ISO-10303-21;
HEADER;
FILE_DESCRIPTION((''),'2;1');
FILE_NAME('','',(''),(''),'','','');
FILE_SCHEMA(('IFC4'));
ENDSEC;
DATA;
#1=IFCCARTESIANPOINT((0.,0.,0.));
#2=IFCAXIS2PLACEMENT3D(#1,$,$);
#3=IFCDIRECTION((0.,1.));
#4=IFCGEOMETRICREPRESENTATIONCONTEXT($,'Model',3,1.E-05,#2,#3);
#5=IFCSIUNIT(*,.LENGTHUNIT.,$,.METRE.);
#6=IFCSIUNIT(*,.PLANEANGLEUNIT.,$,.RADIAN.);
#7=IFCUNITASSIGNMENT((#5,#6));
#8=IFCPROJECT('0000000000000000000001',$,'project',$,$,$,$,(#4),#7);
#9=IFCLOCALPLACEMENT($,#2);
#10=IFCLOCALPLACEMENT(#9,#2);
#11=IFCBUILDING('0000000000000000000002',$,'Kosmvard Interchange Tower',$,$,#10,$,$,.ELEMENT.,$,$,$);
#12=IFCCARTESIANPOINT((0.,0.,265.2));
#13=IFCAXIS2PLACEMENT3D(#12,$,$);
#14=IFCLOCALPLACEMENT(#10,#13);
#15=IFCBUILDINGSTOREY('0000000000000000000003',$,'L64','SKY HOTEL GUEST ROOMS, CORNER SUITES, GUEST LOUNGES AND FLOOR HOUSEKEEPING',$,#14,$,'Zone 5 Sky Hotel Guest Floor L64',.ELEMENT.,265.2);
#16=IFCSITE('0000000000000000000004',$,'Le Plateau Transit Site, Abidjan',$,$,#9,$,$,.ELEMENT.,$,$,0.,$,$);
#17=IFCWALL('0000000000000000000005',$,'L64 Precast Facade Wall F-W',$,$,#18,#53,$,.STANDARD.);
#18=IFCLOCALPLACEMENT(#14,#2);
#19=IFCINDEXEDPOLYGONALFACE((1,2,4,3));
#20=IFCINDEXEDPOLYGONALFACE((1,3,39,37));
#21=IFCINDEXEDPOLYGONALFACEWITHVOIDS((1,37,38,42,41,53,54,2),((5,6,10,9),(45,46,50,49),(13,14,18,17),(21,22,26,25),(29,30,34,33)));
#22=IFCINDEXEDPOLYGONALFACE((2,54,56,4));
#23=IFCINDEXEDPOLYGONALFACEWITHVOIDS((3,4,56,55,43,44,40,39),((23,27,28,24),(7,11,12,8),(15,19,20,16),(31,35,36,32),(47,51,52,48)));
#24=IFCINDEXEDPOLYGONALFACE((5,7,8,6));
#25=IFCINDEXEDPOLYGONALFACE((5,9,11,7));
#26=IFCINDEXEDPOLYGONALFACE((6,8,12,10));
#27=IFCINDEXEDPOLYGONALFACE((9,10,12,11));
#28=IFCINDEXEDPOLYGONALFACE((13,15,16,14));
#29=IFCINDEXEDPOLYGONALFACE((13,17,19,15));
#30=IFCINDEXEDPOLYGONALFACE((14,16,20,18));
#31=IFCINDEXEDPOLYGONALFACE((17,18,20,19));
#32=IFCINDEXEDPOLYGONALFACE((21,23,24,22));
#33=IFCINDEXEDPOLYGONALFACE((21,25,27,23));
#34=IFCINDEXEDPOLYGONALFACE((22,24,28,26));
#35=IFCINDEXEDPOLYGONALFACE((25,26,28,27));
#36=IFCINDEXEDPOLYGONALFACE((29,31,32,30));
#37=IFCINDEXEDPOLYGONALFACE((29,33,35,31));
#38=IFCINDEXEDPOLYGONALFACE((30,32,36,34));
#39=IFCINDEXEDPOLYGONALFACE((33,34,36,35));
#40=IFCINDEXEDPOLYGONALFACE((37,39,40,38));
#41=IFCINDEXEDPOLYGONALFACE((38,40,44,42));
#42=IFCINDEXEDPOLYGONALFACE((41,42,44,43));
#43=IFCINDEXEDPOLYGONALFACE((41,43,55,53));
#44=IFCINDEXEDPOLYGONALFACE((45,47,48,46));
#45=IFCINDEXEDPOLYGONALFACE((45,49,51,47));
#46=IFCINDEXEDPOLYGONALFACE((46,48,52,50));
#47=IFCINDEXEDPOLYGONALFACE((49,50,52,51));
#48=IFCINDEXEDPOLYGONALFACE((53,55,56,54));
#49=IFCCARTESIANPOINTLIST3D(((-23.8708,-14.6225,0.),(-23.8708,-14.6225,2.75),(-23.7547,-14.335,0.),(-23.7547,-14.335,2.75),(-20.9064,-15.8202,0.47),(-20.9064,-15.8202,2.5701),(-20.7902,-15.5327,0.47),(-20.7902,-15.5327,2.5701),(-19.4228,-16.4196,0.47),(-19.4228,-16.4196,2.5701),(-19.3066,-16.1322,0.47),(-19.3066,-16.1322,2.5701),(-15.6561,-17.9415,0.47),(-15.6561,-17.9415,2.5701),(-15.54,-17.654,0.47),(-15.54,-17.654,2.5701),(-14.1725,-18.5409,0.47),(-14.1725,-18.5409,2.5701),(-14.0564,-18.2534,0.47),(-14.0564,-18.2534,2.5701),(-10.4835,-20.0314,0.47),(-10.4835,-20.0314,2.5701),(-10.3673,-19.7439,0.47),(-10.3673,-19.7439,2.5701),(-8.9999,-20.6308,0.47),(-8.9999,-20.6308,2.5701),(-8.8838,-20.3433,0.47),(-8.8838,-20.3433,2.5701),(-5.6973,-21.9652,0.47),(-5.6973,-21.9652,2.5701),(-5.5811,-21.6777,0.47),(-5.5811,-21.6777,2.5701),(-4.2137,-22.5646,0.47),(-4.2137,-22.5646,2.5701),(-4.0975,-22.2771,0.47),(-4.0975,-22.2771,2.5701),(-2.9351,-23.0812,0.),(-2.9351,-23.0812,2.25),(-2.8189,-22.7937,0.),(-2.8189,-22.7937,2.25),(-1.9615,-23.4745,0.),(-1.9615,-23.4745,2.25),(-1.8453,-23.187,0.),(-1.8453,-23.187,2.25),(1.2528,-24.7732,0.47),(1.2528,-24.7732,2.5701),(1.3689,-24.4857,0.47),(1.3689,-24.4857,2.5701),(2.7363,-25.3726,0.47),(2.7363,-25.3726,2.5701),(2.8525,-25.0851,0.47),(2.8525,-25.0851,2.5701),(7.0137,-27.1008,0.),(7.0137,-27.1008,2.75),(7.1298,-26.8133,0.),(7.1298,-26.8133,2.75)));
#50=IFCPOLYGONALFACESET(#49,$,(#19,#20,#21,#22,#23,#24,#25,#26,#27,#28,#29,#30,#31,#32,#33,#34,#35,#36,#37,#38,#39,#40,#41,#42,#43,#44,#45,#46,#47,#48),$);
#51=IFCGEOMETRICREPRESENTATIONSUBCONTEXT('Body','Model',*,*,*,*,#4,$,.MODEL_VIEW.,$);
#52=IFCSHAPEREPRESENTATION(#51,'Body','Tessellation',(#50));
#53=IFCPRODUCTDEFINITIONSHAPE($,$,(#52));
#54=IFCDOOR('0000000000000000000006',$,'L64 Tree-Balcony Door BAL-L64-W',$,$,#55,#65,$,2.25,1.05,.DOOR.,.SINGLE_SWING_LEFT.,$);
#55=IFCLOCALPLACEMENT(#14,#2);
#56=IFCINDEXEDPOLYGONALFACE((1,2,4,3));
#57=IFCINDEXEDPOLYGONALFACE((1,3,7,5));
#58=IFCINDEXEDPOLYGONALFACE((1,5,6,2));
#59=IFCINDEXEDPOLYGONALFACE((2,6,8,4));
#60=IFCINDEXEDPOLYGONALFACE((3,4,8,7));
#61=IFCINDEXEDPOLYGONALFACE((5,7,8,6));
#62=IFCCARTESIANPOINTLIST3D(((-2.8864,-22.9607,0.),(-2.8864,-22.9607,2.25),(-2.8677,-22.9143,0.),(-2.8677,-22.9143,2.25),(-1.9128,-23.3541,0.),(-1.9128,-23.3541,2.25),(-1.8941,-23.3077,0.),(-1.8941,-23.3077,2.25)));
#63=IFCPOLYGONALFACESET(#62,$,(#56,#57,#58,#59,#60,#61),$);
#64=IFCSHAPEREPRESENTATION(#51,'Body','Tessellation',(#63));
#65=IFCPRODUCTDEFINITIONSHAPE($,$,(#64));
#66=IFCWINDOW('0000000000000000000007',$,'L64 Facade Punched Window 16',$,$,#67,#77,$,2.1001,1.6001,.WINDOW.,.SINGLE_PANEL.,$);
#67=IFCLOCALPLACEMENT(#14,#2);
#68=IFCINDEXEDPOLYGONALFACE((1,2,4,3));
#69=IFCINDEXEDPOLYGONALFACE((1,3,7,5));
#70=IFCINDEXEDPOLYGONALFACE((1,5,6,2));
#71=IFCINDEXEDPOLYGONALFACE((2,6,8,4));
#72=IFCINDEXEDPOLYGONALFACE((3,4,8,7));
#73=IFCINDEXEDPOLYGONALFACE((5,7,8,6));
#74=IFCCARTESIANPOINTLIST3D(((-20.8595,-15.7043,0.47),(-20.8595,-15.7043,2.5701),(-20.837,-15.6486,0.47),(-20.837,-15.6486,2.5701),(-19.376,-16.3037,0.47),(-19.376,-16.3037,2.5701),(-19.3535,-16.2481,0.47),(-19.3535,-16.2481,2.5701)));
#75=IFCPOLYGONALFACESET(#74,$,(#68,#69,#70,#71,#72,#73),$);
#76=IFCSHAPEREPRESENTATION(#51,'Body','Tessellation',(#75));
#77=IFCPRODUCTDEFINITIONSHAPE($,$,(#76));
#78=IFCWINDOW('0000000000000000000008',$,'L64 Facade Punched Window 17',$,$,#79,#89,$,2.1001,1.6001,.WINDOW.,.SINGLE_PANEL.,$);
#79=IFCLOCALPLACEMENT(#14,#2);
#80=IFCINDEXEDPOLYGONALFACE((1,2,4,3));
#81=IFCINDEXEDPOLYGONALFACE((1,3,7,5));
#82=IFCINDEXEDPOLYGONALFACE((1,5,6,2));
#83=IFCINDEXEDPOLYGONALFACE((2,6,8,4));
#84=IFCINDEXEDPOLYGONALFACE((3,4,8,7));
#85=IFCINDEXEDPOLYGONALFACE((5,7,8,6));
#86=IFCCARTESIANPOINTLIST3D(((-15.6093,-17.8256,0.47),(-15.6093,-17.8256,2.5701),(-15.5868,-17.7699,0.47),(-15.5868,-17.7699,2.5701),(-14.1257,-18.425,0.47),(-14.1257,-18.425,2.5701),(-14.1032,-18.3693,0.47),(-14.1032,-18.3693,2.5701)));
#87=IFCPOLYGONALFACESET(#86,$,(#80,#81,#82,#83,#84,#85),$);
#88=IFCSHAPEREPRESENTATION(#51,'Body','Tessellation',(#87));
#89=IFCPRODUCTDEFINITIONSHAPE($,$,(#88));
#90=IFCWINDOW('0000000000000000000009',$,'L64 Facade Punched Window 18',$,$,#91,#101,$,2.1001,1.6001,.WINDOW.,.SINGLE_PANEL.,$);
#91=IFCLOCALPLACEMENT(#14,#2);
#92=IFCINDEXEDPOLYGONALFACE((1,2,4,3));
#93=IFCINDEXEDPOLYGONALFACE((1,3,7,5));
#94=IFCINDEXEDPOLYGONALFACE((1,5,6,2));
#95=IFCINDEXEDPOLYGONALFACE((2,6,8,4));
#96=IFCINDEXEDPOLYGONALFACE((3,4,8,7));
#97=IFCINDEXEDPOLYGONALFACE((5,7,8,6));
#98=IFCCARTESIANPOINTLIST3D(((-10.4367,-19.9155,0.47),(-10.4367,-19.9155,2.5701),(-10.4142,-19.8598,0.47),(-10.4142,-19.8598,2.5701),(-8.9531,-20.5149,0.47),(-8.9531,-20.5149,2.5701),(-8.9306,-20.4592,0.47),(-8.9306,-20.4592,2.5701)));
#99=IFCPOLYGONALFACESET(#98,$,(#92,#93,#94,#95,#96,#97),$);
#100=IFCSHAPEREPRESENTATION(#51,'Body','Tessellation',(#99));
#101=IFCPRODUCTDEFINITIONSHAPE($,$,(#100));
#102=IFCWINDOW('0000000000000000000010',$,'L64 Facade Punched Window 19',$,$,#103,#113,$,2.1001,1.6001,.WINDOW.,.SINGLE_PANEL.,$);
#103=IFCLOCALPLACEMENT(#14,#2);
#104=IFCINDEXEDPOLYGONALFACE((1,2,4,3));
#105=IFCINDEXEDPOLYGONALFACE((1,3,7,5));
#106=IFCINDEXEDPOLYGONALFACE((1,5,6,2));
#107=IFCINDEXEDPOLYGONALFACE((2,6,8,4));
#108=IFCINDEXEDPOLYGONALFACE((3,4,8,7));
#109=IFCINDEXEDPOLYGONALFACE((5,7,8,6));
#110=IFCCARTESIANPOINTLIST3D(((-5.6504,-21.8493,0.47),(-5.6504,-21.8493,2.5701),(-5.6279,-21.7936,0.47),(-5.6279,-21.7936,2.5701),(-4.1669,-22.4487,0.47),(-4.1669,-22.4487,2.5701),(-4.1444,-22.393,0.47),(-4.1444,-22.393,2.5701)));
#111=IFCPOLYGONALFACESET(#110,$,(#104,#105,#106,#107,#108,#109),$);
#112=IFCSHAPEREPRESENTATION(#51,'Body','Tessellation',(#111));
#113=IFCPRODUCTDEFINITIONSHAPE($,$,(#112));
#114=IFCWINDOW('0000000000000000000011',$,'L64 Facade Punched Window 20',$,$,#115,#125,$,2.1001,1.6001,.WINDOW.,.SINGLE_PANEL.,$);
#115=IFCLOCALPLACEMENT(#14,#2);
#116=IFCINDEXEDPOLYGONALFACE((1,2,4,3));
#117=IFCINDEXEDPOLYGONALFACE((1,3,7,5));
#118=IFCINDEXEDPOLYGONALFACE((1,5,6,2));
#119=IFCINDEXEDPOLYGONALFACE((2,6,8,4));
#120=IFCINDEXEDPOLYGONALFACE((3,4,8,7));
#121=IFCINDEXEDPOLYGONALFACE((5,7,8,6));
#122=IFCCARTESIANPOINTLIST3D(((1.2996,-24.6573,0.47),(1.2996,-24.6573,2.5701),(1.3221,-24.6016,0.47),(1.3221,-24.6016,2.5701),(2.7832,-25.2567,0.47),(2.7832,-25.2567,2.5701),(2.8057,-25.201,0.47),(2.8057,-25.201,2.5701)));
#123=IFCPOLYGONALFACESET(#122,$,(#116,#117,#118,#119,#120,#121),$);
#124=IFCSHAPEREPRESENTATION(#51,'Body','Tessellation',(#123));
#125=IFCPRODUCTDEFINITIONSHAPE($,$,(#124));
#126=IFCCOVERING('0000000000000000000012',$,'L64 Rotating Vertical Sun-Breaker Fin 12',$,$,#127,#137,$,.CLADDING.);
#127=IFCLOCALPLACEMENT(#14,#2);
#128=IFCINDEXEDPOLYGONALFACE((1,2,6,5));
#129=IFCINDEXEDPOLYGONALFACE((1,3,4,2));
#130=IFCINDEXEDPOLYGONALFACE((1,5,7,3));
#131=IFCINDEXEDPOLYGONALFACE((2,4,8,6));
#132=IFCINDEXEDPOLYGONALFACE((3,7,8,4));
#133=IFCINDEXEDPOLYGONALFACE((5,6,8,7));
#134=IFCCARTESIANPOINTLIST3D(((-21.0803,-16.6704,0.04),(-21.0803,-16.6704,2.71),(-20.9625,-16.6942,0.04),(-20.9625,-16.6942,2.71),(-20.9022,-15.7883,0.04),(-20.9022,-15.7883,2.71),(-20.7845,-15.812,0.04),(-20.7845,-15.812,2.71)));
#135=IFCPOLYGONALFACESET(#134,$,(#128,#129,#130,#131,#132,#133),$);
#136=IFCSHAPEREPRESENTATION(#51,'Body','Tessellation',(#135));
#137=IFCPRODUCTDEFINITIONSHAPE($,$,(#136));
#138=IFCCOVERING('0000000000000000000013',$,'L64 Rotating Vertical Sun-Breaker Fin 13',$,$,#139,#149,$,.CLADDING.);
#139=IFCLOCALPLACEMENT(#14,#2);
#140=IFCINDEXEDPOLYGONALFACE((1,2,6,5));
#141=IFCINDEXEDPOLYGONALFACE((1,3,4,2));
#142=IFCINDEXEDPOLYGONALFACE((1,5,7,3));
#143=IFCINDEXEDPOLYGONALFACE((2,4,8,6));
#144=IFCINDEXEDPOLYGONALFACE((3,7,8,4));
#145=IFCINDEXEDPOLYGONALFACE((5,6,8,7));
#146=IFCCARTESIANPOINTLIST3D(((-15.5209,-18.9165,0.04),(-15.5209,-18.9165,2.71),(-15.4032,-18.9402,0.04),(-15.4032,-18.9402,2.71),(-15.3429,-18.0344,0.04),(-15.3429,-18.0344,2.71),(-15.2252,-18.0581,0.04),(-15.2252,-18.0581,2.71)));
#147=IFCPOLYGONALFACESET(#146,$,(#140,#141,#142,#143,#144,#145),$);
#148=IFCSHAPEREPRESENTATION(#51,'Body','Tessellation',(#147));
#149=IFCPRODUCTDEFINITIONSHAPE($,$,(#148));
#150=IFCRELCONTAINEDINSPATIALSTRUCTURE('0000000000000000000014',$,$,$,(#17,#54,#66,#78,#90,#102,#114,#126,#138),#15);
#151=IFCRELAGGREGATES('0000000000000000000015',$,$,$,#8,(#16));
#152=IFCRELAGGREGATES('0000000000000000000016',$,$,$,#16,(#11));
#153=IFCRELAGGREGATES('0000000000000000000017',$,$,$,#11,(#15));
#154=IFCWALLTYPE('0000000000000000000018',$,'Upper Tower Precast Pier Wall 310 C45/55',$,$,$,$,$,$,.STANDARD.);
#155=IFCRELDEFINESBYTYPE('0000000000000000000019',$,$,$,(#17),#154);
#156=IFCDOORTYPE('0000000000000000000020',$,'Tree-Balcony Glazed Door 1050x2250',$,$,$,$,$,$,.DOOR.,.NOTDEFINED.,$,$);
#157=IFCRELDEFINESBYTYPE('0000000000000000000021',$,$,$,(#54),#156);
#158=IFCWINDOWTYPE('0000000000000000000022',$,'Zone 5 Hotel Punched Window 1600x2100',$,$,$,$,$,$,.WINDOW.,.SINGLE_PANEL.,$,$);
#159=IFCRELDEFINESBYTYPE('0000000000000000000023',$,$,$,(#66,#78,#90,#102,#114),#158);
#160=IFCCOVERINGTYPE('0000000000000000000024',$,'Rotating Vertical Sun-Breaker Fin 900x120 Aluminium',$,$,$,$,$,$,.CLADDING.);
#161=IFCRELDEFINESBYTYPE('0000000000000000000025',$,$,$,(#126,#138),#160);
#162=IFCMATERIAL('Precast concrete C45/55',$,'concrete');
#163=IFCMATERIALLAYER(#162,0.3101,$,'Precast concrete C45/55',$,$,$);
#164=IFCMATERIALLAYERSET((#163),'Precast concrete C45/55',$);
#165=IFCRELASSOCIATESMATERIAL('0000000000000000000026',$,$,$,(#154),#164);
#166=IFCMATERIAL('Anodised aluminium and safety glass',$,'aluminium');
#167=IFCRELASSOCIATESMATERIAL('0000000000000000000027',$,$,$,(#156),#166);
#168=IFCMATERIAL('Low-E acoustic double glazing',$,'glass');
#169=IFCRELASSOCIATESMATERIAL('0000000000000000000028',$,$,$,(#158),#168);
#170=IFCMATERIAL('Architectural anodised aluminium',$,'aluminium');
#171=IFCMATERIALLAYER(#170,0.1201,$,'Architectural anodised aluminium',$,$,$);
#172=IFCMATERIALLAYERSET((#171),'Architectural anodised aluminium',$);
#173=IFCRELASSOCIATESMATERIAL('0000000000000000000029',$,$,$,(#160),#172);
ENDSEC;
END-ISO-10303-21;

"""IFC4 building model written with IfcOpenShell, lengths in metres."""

from ifc_helpers import new_model, si_unit, direction, frame, frame_2d, origin, origin_2d, place, context, subcontext, project, spatial, rectangle, extrude, source, transform, mapped, material, layer, layer_set, type_object, element, fill, save


model = new_model("IFC4")

# Units and contexts
model_context = context("Model", 3, precision=1e-05, world=origin(), true_north=direction((0.0, 1.0)))
body_context = subcontext(model_context, "Body", "Model", "MODEL_VIEW")
ifc_project = project(units=[si_unit("LENGTHUNIT", "METRE"), si_unit("PLANEANGLEUNIT", "RADIAN")], contexts=[model_context])

# Site, building, storey
site_placement = place(None, origin())
site = spatial("IfcSite", under=ifc_project, at=site_placement, Name="Le Plateau Transit Site, Abidjan", CompositionType="ELEMENT", RefElevation=0.0)
building_placement = place(site_placement, origin())
building = spatial("IfcBuilding", under=site, at=building_placement, Name="Kosmvard Interchange Tower", CompositionType="ELEMENT")
storey_placement = place(building_placement, frame((0.0, 0.0, 265.2)))
storey = spatial("IfcBuildingStorey", under=building, at=storey_placement, Name="L64", Description="SKY HOTEL GUEST ROOMS, CORNER SUITES, GUEST LOUNGES AND FLOOR HOUSEKEEPING", LongName="Zone 5 Sky Hotel Guest Floor L64", CompositionType="ELEMENT", Elevation=265.2)

# Wall, openings, door, windows
ifc_material_1 = material(Name="Precast concrete C45/55", Category="concrete")
ifc_layer_1 = layer(ifc_material_1, 0.3101, Name="Precast concrete C45/55")
ifc_layer_set_1 = layer_set([ifc_layer_1], Name="Precast concrete C45/55")
wall_type = type_object("IfcWallType", Name="Upper Tower Precast Pier Wall 310 C45/55", PredefinedType="STANDARD", material=ifc_layer_set_1)
wall_placement = place(storey_placement, frame((-23.8127, -14.4788, 0.0), z_axis=(0.0, 0.0, 1.0), x_axis=(0.927183, -0.37461, 0.0)))
wall = element("IfcWall", 1, at=wall_placement, inside=storey, type_object=wall_type, Name="L64 Precast Facade Wall F-W", PredefinedType="STANDARD", context=body_context, shape_type="SweptSolid", body=[
    extrude(rectangle(XDim=33.3101, YDim=0.3101, at=frame_2d((16.655, 0.0))), origin(), (0.0, 0.0, 1.0), 2.75),
])
opening_1_placement = place(wall_placement, frame((22.5801, 0.0, 0.0)))
opening_1 = element("IfcOpeningElement", 2, at=opening_1_placement, cuts=wall, PredefinedType="OPENING", context=body_context, shape_type="SweptSolid", body=[
    extrude(rectangle(XDim=1.05, YDim=2.25, at=frame_2d((0.5249, 1.125))), frame((0.0, 0.165, 0.0), z_axis=(0.0, -1.0, 0.0), x_axis=(1.0, 0.0, 0.0)), (0.0, 0.0, 1.0), 0.3301),
])
opening_2_placement = place(wall_placement, frame((3.1973, 0.0, 0.47)))
opening_2 = element("IfcOpeningElement", 3, at=opening_2_placement, cuts=wall, PredefinedType="OPENING", context=body_context, shape_type="SweptSolid", body=[
    extrude(rectangle(XDim=1.6001, YDim=2.1001, at=frame_2d((0.8, 1.05))), frame((0.0, 0.165, 0.0), z_axis=(0.0, -1.0, 0.0), x_axis=(1.0, 0.0, 0.0)), (0.0, 0.0, 1.0), 0.3301),
])
opening_3_placement = place(wall_placement, frame((8.8599, 0.0, 0.47)))
opening_3 = element("IfcOpeningElement", 4, at=opening_3_placement, cuts=wall, PredefinedType="OPENING", context=body_context, shape_type="SweptSolid", body=[
    extrude(rectangle(XDim=1.6001, YDim=2.1001, at=frame_2d((0.8, 1.05))), frame((0.0, 0.165, 0.0), z_axis=(0.0, -1.0, 0.0), x_axis=(1.0, 0.0, 0.0)), (0.0, 0.0, 1.0), 0.3301),
])
opening_4_placement = place(wall_placement, frame((14.4387, 0.0, 0.47)))
opening_4 = element("IfcOpeningElement", 5, at=opening_4_placement, cuts=wall, PredefinedType="OPENING", context=body_context, shape_type="SweptSolid", body=[
    extrude(rectangle(XDim=1.6001, YDim=2.1001, at=frame_2d((0.8, 1.05))), frame((0.0, 0.165, 0.0), z_axis=(0.0, -1.0, 0.0), x_axis=(1.0, 0.0, 0.0)), (0.0, 0.0, 1.0), 0.3301),
])
opening_5_placement = place(wall_placement, frame((19.6008, 0.0, 0.47)))
opening_5 = element("IfcOpeningElement", 6, at=opening_5_placement, cuts=wall, PredefinedType="OPENING", context=body_context, shape_type="SweptSolid", body=[
    extrude(rectangle(XDim=1.6001, YDim=2.1001, at=frame_2d((0.8, 1.05))), frame((0.0, 0.165, 0.0), z_axis=(0.0, -1.0, 0.0), x_axis=(1.0, 0.0, 0.0)), (0.0, 0.0, 1.0), 0.3301),
])
opening_6_placement = place(wall_placement, frame((27.0967, 0.0, 0.47)))
opening_6 = element("IfcOpeningElement", 7, at=opening_6_placement, cuts=wall, PredefinedType="OPENING", context=body_context, shape_type="SweptSolid", body=[
    extrude(rectangle(XDim=1.6001, YDim=2.1001, at=frame_2d((0.8, 1.05))), frame((0.0, 0.165, 0.0), z_axis=(0.0, -1.0, 0.0), x_axis=(1.0, 0.0, 0.0)), (0.0, 0.0, 1.0), 0.3301),
])
ifc_material_2 = material(Name="Anodised aluminium and safety glass", Category="aluminium")
door_type = type_object("IfcDoorType", Name="Tree-Balcony Glazed Door 1050x2250", OperationType="NOTDEFINED", PredefinedType="DOOR", material=ifc_material_2)
shared_shape_1 = source(origin(), body_context, "Body", "SweptSolid", [
    extrude(rectangle(XDim=1.05, YDim=2.25, at=frame_2d((0.5249, 1.125))), frame((0.0, 0.0249, 0.0), z_axis=(0.0, -1.0, 0.0), x_axis=(1.0, 0.0, 0.0)), (0.0, 0.0, 1.0), 0.05),
])
door_placement = place(opening_1_placement, origin())
door = element("IfcDoor", 8, at=door_placement, inside=storey, type_object=door_type, Name="L64 Tree-Balcony Door BAL-L64-W", OperationType="SINGLE_SWING_LEFT", OverallHeight=2.25, OverallWidth=1.05, PredefinedType="DOOR", context=body_context, shape_type="MappedRepresentation", body=[
    mapped(shared_shape_1, transform((0.0, 0.0, 0.0), scale=1.0)),
])
fill(opening_1, door)
ifc_material_3 = material(Name="Low-E acoustic double glazing", Category="glass")
window_type = type_object("IfcWindowType", Name="Zone 5 Hotel Punched Window 1600x2100", PartitioningType="SINGLE_PANEL", PredefinedType="WINDOW", material=ifc_material_3)
shared_shape_2 = source(origin(), body_context, "Body", "SweptSolid", [
    extrude(rectangle(XDim=1.6001, YDim=2.1001, at=frame_2d((0.8, 1.05))), frame((0.0, 0.03, 0.0), z_axis=(0.0, -1.0, 0.0), x_axis=(1.0, 0.0, 0.0)), (0.0, 0.0, 1.0), 0.0601),
])
window_1_placement = place(opening_2_placement, origin())
window_1 = element("IfcWindow", 9, at=window_1_placement, inside=storey, type_object=window_type, Name="L64 Facade Punched Window 16", OverallHeight=2.1001, OverallWidth=1.6001, PartitioningType="SINGLE_PANEL", PredefinedType="WINDOW", context=body_context, shape_type="MappedRepresentation", body=[
    mapped(shared_shape_2, transform((0.0, 0.0, 0.0), scale=1.0)),
])
fill(opening_2, window_1)
window_2_placement = place(opening_3_placement, origin())
window_2 = element("IfcWindow", 10, at=window_2_placement, inside=storey, type_object=window_type, Name="L64 Facade Punched Window 17", OverallHeight=2.1001, OverallWidth=1.6001, PartitioningType="SINGLE_PANEL", PredefinedType="WINDOW", context=body_context, shape_type="MappedRepresentation", body=[
    mapped(shared_shape_2, transform((0.0, 0.0, 0.0), scale=1.0)),
])
fill(opening_3, window_2)
window_3_placement = place(opening_4_placement, origin())
window_3 = element("IfcWindow", 11, at=window_3_placement, inside=storey, type_object=window_type, Name="L64 Facade Punched Window 18", OverallHeight=2.1001, OverallWidth=1.6001, PartitioningType="SINGLE_PANEL", PredefinedType="WINDOW", context=body_context, shape_type="MappedRepresentation", body=[
    mapped(shared_shape_2, transform((0.0, 0.0, 0.0), scale=1.0)),
])
fill(opening_4, window_3)
window_4_placement = place(opening_5_placement, origin())
window_4 = element("IfcWindow", 12, at=window_4_placement, inside=storey, type_object=window_type, Name="L64 Facade Punched Window 19", OverallHeight=2.1001, OverallWidth=1.6001, PartitioningType="SINGLE_PANEL", PredefinedType="WINDOW", context=body_context, shape_type="MappedRepresentation", body=[
    mapped(shared_shape_2, transform((0.0, 0.0, 0.0), scale=1.0)),
])
fill(opening_5, window_4)
window_5_placement = place(opening_6_placement, origin())
window_5 = element("IfcWindow", 13, at=window_5_placement, inside=storey, type_object=window_type, Name="L64 Facade Punched Window 20", OverallHeight=2.1001, OverallWidth=1.6001, PartitioningType="SINGLE_PANEL", PredefinedType="WINDOW", context=body_context, shape_type="MappedRepresentation", body=[
    mapped(shared_shape_2, transform((0.0, 0.0, 0.0), scale=1.0)),
])
fill(opening_6, window_5)

# Coverings
ifc_material_4 = material(Name="Architectural anodised aluminium", Category="aluminium")
ifc_layer_2 = layer(ifc_material_4, 0.1201, Name="Architectural anodised aluminium")
ifc_layer_set_2 = layer_set([ifc_layer_2], Name="Architectural anodised aluminium")
covering_type = type_object("IfcCoveringType", Name="Rotating Vertical Sun-Breaker Fin 900x120 Aluminium", PredefinedType="CLADDING", material=ifc_layer_set_2)
shared_shape_3 = source(origin(), body_context, "Body", "SweptSolid", [
    extrude(rectangle(XDim=0.8999, YDim=0.1201, at=origin_2d()), origin(), (0.0, 0.0, 1.0), 2.6699),
])
for number, where, z_axis, x_axis, name in (
    (14, (-20.9324, -16.2412, 0.04), (0.0, 0.0, 1.0), (-0.197828, -0.980237, 0.0), "L64 Rotating Vertical Sun-Breaker Fin 12"),
    (15, (-15.373, -18.4873, 0.04), (0.0, 0.0, 1.0), (-0.197828, -0.980237, 0.0), "L64 Rotating Vertical Sun-Breaker Fin 13"),
):
    element("IfcCovering", number, at=place(storey_placement, frame(where, z_axis=z_axis, x_axis=x_axis)), inside=storey, type_object=covering_type, Name=name, PredefinedType="CLADDING", context=body_context, shape_type="MappedRepresentation", body=[
        mapped(shared_shape_3, transform((0.0, 0.0, 0.0), scale=1.0)),
    ])

save(model, "model.ifc")
